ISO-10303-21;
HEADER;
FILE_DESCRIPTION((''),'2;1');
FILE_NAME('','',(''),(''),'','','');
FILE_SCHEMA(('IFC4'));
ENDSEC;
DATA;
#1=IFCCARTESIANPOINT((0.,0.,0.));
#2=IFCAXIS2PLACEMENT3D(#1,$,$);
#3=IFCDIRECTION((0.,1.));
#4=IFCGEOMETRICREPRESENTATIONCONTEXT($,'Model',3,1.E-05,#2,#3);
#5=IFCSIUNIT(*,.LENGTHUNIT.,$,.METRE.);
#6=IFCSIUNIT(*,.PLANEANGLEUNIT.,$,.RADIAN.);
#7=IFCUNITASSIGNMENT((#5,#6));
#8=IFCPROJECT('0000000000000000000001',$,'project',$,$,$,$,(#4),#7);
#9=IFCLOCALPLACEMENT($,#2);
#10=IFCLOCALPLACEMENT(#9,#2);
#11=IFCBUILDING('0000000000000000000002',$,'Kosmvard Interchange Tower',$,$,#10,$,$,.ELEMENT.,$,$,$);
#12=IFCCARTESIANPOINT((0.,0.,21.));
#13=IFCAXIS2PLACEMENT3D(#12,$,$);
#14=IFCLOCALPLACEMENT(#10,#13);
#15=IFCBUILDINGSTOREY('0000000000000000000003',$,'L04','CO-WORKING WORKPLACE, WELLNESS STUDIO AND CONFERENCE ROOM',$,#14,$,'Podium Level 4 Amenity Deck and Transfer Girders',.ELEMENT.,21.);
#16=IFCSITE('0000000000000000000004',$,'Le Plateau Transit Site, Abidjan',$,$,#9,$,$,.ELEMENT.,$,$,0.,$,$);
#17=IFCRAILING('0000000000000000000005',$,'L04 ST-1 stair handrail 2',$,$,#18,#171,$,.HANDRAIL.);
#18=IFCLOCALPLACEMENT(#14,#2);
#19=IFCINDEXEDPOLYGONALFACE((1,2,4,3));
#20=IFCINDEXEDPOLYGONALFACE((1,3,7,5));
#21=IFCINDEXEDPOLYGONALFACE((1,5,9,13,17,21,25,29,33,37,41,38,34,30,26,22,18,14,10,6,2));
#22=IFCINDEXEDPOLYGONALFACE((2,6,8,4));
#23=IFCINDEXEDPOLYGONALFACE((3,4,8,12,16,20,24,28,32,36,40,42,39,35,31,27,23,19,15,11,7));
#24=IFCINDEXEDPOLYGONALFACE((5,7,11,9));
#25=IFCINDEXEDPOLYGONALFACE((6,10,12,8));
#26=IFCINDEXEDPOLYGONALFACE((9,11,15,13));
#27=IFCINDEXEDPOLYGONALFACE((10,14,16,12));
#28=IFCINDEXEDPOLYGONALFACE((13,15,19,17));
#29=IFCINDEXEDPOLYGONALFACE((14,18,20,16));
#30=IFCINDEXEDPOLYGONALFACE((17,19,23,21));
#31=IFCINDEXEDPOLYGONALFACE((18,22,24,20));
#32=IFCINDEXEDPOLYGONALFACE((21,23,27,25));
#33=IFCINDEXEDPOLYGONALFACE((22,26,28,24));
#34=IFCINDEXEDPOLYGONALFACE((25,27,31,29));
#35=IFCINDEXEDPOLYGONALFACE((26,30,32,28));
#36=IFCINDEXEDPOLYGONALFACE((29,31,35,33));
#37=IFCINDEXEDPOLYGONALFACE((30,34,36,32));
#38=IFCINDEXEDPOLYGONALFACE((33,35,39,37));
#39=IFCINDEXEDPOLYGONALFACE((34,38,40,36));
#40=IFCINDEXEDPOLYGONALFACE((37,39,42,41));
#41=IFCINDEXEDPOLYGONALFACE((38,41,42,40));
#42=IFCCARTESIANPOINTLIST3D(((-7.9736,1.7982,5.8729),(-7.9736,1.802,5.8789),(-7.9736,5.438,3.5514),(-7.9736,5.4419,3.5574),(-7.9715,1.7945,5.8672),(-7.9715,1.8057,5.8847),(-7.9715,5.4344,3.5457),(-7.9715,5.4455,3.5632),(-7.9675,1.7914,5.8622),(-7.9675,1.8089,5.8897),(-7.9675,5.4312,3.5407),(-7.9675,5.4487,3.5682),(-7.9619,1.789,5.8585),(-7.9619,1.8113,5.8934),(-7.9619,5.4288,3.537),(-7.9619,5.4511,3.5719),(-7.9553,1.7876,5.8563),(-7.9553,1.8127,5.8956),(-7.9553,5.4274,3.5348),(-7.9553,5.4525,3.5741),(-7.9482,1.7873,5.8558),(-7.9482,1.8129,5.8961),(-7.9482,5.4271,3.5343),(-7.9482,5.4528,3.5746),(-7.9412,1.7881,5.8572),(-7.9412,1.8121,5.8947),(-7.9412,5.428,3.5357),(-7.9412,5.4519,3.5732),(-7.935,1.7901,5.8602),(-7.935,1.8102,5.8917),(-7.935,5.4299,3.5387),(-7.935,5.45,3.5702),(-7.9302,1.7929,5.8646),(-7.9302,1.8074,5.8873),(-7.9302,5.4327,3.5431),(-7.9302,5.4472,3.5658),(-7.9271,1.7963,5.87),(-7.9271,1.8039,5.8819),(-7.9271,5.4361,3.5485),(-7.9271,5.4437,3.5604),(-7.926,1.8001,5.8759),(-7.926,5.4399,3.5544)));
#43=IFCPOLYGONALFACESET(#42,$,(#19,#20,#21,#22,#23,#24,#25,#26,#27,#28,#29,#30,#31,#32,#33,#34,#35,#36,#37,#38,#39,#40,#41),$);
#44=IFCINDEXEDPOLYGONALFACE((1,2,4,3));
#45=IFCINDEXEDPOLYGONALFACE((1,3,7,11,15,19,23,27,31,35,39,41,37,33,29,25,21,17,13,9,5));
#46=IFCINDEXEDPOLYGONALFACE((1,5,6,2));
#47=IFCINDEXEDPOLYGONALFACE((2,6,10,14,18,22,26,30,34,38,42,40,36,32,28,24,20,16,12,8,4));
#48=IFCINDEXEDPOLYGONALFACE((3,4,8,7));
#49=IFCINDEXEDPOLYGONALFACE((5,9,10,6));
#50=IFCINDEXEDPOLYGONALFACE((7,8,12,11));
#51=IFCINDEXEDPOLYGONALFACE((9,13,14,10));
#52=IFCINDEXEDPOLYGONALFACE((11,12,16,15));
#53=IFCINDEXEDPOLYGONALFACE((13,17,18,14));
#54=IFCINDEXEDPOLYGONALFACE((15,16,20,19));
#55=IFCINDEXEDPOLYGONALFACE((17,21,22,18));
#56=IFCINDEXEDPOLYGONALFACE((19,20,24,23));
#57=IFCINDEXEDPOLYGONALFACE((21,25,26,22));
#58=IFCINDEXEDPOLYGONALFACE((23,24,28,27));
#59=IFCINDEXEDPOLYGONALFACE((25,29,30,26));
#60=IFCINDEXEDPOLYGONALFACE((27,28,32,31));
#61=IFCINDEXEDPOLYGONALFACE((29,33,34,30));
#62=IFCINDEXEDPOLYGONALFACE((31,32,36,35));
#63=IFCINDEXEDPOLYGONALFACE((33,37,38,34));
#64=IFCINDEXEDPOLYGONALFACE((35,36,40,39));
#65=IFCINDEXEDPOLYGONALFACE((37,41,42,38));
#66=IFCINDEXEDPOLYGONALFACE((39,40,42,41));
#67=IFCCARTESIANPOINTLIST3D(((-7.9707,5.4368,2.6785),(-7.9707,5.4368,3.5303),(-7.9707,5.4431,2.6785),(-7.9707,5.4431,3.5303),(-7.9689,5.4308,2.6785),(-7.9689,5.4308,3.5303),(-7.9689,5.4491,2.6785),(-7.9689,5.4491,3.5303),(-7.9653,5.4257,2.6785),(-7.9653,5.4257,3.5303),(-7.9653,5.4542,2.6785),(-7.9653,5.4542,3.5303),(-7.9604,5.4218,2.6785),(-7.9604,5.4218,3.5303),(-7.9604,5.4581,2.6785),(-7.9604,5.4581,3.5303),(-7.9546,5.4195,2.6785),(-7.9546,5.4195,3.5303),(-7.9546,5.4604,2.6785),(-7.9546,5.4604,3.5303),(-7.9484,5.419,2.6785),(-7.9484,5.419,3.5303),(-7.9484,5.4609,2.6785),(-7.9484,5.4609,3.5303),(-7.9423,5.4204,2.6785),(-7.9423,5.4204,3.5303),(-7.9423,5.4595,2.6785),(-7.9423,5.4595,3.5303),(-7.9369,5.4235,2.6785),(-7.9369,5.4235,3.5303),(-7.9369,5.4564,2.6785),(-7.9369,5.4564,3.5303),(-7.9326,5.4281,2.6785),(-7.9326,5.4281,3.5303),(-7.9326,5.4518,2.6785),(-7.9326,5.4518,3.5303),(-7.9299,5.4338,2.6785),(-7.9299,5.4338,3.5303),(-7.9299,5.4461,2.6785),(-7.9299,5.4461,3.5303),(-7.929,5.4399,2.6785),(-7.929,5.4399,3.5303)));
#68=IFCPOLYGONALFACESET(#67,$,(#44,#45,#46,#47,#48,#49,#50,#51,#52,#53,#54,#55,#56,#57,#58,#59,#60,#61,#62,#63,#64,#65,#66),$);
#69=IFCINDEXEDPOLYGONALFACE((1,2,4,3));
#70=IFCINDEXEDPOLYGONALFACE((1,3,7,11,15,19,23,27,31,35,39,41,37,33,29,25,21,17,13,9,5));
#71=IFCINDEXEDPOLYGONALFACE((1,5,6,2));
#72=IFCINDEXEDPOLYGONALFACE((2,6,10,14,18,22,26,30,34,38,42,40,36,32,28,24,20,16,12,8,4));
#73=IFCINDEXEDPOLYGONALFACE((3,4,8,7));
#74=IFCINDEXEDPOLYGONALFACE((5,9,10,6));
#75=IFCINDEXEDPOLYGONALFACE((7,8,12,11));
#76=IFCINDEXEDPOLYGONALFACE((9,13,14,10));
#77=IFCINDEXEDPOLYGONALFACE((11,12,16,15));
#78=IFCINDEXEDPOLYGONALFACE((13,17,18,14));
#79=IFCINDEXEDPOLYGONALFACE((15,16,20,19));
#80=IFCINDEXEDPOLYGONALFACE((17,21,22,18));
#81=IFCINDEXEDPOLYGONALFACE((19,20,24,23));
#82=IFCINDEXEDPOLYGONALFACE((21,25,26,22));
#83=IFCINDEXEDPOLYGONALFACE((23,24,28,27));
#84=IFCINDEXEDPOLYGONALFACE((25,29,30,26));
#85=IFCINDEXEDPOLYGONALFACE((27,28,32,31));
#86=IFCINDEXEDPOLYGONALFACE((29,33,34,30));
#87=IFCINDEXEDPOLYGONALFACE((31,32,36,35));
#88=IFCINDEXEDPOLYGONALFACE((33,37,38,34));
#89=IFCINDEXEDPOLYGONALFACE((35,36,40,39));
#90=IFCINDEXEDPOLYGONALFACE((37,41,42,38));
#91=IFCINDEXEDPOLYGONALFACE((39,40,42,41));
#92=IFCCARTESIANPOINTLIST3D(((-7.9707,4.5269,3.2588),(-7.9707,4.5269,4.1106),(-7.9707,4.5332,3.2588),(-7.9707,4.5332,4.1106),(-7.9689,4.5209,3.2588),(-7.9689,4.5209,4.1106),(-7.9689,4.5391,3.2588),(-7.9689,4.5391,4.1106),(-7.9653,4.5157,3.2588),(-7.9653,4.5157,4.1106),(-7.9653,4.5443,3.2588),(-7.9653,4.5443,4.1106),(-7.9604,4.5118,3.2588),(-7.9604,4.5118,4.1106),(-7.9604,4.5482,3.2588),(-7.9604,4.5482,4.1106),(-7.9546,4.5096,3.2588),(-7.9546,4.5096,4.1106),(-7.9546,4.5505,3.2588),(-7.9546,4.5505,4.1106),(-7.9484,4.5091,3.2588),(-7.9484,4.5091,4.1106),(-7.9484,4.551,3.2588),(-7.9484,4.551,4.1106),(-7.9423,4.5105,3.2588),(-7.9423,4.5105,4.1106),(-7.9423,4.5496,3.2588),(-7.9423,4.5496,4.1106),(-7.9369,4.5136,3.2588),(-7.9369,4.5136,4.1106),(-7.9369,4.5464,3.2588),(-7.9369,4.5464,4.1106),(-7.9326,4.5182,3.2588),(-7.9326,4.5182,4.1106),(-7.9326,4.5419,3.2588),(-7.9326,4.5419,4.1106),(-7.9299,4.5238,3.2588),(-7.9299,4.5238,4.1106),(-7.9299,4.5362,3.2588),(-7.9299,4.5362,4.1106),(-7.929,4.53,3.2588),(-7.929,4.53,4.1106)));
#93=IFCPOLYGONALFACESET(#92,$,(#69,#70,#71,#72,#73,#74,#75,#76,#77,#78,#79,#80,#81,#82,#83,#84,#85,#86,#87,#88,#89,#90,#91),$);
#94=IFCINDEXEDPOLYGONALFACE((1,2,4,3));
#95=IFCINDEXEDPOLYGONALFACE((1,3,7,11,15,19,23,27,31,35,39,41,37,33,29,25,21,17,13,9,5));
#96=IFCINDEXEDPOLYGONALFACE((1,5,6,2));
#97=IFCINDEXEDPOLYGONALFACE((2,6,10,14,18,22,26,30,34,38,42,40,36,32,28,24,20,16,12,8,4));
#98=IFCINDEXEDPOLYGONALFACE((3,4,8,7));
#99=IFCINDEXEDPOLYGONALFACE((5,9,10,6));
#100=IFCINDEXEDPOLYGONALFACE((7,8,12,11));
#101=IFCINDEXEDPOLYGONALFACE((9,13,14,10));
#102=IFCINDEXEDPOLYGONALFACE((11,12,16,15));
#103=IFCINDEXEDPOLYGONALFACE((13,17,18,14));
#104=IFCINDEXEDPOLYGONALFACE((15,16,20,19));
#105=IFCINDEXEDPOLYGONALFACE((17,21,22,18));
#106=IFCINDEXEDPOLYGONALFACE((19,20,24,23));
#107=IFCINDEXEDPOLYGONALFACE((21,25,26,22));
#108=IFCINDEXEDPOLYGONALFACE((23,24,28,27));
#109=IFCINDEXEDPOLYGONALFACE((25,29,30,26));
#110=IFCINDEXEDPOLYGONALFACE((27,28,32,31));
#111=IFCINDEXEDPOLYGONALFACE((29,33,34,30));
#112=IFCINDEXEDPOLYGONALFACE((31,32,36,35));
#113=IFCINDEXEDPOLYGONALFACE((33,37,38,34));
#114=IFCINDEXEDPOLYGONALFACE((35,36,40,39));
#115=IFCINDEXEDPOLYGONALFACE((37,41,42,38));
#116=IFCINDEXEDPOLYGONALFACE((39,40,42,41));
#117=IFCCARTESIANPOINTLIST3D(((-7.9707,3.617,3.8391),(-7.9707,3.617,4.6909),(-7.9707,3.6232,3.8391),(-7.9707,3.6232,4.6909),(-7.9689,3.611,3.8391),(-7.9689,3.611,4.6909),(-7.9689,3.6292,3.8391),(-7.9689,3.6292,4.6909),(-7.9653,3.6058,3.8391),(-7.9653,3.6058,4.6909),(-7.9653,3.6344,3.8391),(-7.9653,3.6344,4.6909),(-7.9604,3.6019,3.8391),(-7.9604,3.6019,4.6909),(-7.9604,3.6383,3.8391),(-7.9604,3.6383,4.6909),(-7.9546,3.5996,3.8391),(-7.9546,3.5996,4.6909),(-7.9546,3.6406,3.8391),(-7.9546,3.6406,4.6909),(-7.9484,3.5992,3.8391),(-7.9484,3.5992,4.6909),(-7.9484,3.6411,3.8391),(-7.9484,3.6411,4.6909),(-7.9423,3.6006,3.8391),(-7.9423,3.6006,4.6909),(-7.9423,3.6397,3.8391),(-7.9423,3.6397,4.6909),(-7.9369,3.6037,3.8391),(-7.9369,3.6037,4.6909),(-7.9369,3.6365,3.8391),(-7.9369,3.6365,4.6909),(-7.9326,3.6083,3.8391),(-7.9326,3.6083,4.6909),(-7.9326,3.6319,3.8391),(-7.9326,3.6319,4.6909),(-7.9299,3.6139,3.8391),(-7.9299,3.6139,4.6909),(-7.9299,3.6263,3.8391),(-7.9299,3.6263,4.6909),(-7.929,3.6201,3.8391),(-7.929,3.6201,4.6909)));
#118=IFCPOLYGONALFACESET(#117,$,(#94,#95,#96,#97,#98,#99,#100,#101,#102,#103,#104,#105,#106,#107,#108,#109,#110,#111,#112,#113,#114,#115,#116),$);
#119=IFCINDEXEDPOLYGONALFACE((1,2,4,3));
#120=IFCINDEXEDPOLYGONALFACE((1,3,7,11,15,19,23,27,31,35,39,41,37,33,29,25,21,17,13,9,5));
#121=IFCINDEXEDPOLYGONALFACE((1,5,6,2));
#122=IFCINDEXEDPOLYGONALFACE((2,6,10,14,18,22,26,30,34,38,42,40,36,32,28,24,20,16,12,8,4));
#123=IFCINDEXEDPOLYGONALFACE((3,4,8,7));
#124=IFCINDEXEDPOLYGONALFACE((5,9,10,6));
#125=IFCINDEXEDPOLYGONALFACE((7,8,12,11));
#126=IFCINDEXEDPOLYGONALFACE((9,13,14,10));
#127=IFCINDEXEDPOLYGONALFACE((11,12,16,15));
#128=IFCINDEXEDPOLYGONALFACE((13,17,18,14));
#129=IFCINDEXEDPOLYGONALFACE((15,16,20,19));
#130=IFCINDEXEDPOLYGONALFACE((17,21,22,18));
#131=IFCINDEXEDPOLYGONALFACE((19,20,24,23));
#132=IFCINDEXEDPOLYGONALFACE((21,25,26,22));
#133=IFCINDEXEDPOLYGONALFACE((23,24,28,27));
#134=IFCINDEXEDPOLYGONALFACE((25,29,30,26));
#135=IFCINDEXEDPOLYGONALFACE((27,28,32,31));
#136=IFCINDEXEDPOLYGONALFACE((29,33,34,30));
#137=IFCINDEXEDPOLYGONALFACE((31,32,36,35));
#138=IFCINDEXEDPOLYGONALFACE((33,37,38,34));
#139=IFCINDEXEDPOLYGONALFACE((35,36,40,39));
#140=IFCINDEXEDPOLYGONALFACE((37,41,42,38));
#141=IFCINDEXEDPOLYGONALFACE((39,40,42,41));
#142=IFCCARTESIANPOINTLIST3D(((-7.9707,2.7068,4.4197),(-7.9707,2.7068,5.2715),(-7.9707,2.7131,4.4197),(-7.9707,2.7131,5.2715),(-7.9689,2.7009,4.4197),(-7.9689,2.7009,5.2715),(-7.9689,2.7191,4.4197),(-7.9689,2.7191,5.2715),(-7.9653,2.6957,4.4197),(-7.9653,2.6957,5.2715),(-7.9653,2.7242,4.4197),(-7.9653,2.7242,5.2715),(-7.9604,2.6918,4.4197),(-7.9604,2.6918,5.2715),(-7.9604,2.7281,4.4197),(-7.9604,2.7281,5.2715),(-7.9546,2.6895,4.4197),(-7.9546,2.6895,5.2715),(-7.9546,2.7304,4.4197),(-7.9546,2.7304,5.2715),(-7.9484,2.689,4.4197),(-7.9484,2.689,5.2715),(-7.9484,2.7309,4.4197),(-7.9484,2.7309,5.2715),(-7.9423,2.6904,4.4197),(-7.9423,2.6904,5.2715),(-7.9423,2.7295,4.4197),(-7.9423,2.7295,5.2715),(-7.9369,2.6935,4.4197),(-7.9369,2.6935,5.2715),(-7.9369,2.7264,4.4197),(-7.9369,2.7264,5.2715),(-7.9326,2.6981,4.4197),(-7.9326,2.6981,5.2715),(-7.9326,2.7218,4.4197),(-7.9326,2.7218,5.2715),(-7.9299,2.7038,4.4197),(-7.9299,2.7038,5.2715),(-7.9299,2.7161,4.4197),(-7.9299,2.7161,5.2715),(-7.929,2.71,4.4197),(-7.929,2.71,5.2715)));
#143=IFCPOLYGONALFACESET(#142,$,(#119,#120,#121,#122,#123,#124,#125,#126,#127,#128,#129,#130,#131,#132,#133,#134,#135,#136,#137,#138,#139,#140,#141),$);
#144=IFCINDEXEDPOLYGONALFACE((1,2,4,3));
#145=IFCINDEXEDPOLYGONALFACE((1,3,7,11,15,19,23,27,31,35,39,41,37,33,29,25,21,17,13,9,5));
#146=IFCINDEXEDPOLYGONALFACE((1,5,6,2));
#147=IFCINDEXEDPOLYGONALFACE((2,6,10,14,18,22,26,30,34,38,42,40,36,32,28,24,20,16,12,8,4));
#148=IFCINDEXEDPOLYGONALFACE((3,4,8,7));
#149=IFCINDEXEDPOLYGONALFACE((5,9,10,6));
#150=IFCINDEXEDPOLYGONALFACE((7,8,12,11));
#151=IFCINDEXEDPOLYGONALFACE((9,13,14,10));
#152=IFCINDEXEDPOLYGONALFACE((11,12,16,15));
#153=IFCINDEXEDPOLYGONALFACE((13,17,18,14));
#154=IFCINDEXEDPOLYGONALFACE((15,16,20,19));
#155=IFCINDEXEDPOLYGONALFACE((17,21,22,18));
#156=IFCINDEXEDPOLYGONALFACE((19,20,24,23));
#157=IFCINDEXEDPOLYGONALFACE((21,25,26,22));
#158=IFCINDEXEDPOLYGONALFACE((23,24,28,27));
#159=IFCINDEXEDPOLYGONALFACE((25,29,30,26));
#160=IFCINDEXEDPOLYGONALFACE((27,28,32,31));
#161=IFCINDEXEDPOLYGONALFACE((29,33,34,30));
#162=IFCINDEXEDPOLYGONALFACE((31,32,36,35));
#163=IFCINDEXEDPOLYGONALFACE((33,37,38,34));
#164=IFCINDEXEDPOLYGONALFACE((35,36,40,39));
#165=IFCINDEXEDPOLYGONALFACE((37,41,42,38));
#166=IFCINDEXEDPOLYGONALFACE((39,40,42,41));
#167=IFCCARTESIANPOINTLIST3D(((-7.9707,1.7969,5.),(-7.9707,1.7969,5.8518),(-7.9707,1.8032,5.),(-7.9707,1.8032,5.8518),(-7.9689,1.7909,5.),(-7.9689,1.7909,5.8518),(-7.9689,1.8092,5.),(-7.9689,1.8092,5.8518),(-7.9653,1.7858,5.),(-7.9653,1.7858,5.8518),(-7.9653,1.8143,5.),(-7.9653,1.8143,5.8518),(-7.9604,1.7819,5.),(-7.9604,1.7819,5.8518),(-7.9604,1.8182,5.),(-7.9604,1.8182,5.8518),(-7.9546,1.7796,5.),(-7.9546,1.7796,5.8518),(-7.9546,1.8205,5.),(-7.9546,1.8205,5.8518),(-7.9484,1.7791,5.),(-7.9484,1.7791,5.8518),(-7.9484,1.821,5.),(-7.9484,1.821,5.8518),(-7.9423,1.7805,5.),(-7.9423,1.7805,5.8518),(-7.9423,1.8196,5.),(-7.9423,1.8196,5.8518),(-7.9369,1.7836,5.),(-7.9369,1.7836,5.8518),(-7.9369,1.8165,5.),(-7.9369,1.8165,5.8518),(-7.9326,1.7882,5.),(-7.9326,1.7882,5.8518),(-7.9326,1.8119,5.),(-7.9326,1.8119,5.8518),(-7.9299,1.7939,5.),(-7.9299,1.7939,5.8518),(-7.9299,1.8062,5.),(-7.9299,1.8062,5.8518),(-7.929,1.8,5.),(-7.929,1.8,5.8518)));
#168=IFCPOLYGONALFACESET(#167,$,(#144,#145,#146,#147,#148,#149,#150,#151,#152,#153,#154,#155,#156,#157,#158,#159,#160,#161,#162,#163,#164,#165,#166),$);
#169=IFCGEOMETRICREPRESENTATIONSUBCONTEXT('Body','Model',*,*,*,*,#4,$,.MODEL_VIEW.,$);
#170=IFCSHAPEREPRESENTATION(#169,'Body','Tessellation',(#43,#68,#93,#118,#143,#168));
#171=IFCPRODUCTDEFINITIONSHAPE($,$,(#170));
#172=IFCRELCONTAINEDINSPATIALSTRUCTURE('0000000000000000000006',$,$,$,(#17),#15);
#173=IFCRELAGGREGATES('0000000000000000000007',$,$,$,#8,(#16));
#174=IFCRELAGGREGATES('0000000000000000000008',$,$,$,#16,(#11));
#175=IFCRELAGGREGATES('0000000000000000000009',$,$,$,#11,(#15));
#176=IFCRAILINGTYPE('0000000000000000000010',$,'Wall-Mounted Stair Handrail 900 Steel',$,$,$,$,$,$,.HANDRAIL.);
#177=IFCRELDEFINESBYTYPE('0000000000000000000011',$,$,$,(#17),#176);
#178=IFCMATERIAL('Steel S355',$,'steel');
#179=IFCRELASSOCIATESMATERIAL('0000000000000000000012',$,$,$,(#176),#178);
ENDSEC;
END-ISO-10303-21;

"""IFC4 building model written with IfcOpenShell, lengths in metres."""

from ifc_helpers import new_model, si_unit, direction, frame, origin, origin_2d, place, context, subcontext, project, spatial, circle, extrude, source, transform, mapped, material, type_object, element, save


model = new_model("IFC4")

# Units and contexts
model_context = context("Model", 3, precision=1e-05, world=origin(), true_north=direction((0.0, 1.0)))
body_context = subcontext(model_context, "Body", "Model", "MODEL_VIEW")
ifc_project = project(units=[si_unit("LENGTHUNIT", "METRE"), si_unit("PLANEANGLEUNIT", "RADIAN")], contexts=[model_context])

# Site, building, storey
site_placement = place(None, origin())
site = spatial("IfcSite", under=ifc_project, at=site_placement, Name="Le Plateau Transit Site, Abidjan", CompositionType="ELEMENT", RefElevation=0.0)
building_placement = place(site_placement, origin())
building = spatial("IfcBuilding", under=site, at=building_placement, Name="Kosmvard Interchange Tower", CompositionType="ELEMENT")
storey_placement = place(building_placement, frame((0.0, 0.0, 21.0)))
storey = spatial("IfcBuildingStorey", under=building, at=storey_placement, Name="L04", Description="CO-WORKING WORKPLACE, WELLNESS STUDIO AND CONFERENCE ROOM", LongName="Podium Level 4 Amenity Deck and Transfer Girders", CompositionType="ELEMENT", Elevation=21.0)

# Shared definitions
ifc_material_1 = material(Name="Steel S355", Category="steel")

# Railing
railing_type_1 = type_object("IfcRailingType", Name="Wall-Mounted Stair Handrail 900 Steel", PredefinedType="HANDRAIL", material=ifc_material_1)
shared_shape_1 = source(origin(), body_context, "Body", "SweptSolid", [
    extrude(circle(Radius=0.0239, at=origin_2d()), frame((0.0, 0.0, 0.876), z_axis=(0.0, -0.843112, 0.537739), x_axis=(1.0, 0.0, 0.0)), (0.0, 0.0, 1.0), 4.3171),
    extrude(circle(Radius=0.021, at=origin_2d()), origin(), (0.0, 0.0, 1.0), 0.8518),
    extrude(circle(Radius=0.021, at=origin_2d()), frame((0.0, -0.9099, 0.5803)), (0.0, 0.0, 1.0), 0.8518),
    extrude(circle(Radius=0.021, at=origin_2d()), frame((0.0, -1.8198, 1.1606)), (0.0, 0.0, 1.0), 0.8518),
    extrude(circle(Radius=0.021, at=origin_2d()), frame((0.0, -2.73, 1.7412)), (0.0, 0.0, 1.0), 0.8518),
    extrude(circle(Radius=0.021, at=origin_2d()), frame((0.0, -3.6399, 2.3215)), (0.0, 0.0, 1.0), 0.8518),
])
railing_1_placement = place(storey_placement, frame((-7.95, 5.4399, 2.6785)))
element("IfcRailing", 1, at=railing_1_placement, inside=storey, type_object=railing_type_1, Name="L04 ST-1 stair handrail 2", PredefinedType="HANDRAIL", context=body_context, shape_type="MappedRepresentation", body=[
    mapped(shared_shape_1, transform((0.0, 0.0, 0.0), scale=1.0)),
])

save(model, "model.ifc")
